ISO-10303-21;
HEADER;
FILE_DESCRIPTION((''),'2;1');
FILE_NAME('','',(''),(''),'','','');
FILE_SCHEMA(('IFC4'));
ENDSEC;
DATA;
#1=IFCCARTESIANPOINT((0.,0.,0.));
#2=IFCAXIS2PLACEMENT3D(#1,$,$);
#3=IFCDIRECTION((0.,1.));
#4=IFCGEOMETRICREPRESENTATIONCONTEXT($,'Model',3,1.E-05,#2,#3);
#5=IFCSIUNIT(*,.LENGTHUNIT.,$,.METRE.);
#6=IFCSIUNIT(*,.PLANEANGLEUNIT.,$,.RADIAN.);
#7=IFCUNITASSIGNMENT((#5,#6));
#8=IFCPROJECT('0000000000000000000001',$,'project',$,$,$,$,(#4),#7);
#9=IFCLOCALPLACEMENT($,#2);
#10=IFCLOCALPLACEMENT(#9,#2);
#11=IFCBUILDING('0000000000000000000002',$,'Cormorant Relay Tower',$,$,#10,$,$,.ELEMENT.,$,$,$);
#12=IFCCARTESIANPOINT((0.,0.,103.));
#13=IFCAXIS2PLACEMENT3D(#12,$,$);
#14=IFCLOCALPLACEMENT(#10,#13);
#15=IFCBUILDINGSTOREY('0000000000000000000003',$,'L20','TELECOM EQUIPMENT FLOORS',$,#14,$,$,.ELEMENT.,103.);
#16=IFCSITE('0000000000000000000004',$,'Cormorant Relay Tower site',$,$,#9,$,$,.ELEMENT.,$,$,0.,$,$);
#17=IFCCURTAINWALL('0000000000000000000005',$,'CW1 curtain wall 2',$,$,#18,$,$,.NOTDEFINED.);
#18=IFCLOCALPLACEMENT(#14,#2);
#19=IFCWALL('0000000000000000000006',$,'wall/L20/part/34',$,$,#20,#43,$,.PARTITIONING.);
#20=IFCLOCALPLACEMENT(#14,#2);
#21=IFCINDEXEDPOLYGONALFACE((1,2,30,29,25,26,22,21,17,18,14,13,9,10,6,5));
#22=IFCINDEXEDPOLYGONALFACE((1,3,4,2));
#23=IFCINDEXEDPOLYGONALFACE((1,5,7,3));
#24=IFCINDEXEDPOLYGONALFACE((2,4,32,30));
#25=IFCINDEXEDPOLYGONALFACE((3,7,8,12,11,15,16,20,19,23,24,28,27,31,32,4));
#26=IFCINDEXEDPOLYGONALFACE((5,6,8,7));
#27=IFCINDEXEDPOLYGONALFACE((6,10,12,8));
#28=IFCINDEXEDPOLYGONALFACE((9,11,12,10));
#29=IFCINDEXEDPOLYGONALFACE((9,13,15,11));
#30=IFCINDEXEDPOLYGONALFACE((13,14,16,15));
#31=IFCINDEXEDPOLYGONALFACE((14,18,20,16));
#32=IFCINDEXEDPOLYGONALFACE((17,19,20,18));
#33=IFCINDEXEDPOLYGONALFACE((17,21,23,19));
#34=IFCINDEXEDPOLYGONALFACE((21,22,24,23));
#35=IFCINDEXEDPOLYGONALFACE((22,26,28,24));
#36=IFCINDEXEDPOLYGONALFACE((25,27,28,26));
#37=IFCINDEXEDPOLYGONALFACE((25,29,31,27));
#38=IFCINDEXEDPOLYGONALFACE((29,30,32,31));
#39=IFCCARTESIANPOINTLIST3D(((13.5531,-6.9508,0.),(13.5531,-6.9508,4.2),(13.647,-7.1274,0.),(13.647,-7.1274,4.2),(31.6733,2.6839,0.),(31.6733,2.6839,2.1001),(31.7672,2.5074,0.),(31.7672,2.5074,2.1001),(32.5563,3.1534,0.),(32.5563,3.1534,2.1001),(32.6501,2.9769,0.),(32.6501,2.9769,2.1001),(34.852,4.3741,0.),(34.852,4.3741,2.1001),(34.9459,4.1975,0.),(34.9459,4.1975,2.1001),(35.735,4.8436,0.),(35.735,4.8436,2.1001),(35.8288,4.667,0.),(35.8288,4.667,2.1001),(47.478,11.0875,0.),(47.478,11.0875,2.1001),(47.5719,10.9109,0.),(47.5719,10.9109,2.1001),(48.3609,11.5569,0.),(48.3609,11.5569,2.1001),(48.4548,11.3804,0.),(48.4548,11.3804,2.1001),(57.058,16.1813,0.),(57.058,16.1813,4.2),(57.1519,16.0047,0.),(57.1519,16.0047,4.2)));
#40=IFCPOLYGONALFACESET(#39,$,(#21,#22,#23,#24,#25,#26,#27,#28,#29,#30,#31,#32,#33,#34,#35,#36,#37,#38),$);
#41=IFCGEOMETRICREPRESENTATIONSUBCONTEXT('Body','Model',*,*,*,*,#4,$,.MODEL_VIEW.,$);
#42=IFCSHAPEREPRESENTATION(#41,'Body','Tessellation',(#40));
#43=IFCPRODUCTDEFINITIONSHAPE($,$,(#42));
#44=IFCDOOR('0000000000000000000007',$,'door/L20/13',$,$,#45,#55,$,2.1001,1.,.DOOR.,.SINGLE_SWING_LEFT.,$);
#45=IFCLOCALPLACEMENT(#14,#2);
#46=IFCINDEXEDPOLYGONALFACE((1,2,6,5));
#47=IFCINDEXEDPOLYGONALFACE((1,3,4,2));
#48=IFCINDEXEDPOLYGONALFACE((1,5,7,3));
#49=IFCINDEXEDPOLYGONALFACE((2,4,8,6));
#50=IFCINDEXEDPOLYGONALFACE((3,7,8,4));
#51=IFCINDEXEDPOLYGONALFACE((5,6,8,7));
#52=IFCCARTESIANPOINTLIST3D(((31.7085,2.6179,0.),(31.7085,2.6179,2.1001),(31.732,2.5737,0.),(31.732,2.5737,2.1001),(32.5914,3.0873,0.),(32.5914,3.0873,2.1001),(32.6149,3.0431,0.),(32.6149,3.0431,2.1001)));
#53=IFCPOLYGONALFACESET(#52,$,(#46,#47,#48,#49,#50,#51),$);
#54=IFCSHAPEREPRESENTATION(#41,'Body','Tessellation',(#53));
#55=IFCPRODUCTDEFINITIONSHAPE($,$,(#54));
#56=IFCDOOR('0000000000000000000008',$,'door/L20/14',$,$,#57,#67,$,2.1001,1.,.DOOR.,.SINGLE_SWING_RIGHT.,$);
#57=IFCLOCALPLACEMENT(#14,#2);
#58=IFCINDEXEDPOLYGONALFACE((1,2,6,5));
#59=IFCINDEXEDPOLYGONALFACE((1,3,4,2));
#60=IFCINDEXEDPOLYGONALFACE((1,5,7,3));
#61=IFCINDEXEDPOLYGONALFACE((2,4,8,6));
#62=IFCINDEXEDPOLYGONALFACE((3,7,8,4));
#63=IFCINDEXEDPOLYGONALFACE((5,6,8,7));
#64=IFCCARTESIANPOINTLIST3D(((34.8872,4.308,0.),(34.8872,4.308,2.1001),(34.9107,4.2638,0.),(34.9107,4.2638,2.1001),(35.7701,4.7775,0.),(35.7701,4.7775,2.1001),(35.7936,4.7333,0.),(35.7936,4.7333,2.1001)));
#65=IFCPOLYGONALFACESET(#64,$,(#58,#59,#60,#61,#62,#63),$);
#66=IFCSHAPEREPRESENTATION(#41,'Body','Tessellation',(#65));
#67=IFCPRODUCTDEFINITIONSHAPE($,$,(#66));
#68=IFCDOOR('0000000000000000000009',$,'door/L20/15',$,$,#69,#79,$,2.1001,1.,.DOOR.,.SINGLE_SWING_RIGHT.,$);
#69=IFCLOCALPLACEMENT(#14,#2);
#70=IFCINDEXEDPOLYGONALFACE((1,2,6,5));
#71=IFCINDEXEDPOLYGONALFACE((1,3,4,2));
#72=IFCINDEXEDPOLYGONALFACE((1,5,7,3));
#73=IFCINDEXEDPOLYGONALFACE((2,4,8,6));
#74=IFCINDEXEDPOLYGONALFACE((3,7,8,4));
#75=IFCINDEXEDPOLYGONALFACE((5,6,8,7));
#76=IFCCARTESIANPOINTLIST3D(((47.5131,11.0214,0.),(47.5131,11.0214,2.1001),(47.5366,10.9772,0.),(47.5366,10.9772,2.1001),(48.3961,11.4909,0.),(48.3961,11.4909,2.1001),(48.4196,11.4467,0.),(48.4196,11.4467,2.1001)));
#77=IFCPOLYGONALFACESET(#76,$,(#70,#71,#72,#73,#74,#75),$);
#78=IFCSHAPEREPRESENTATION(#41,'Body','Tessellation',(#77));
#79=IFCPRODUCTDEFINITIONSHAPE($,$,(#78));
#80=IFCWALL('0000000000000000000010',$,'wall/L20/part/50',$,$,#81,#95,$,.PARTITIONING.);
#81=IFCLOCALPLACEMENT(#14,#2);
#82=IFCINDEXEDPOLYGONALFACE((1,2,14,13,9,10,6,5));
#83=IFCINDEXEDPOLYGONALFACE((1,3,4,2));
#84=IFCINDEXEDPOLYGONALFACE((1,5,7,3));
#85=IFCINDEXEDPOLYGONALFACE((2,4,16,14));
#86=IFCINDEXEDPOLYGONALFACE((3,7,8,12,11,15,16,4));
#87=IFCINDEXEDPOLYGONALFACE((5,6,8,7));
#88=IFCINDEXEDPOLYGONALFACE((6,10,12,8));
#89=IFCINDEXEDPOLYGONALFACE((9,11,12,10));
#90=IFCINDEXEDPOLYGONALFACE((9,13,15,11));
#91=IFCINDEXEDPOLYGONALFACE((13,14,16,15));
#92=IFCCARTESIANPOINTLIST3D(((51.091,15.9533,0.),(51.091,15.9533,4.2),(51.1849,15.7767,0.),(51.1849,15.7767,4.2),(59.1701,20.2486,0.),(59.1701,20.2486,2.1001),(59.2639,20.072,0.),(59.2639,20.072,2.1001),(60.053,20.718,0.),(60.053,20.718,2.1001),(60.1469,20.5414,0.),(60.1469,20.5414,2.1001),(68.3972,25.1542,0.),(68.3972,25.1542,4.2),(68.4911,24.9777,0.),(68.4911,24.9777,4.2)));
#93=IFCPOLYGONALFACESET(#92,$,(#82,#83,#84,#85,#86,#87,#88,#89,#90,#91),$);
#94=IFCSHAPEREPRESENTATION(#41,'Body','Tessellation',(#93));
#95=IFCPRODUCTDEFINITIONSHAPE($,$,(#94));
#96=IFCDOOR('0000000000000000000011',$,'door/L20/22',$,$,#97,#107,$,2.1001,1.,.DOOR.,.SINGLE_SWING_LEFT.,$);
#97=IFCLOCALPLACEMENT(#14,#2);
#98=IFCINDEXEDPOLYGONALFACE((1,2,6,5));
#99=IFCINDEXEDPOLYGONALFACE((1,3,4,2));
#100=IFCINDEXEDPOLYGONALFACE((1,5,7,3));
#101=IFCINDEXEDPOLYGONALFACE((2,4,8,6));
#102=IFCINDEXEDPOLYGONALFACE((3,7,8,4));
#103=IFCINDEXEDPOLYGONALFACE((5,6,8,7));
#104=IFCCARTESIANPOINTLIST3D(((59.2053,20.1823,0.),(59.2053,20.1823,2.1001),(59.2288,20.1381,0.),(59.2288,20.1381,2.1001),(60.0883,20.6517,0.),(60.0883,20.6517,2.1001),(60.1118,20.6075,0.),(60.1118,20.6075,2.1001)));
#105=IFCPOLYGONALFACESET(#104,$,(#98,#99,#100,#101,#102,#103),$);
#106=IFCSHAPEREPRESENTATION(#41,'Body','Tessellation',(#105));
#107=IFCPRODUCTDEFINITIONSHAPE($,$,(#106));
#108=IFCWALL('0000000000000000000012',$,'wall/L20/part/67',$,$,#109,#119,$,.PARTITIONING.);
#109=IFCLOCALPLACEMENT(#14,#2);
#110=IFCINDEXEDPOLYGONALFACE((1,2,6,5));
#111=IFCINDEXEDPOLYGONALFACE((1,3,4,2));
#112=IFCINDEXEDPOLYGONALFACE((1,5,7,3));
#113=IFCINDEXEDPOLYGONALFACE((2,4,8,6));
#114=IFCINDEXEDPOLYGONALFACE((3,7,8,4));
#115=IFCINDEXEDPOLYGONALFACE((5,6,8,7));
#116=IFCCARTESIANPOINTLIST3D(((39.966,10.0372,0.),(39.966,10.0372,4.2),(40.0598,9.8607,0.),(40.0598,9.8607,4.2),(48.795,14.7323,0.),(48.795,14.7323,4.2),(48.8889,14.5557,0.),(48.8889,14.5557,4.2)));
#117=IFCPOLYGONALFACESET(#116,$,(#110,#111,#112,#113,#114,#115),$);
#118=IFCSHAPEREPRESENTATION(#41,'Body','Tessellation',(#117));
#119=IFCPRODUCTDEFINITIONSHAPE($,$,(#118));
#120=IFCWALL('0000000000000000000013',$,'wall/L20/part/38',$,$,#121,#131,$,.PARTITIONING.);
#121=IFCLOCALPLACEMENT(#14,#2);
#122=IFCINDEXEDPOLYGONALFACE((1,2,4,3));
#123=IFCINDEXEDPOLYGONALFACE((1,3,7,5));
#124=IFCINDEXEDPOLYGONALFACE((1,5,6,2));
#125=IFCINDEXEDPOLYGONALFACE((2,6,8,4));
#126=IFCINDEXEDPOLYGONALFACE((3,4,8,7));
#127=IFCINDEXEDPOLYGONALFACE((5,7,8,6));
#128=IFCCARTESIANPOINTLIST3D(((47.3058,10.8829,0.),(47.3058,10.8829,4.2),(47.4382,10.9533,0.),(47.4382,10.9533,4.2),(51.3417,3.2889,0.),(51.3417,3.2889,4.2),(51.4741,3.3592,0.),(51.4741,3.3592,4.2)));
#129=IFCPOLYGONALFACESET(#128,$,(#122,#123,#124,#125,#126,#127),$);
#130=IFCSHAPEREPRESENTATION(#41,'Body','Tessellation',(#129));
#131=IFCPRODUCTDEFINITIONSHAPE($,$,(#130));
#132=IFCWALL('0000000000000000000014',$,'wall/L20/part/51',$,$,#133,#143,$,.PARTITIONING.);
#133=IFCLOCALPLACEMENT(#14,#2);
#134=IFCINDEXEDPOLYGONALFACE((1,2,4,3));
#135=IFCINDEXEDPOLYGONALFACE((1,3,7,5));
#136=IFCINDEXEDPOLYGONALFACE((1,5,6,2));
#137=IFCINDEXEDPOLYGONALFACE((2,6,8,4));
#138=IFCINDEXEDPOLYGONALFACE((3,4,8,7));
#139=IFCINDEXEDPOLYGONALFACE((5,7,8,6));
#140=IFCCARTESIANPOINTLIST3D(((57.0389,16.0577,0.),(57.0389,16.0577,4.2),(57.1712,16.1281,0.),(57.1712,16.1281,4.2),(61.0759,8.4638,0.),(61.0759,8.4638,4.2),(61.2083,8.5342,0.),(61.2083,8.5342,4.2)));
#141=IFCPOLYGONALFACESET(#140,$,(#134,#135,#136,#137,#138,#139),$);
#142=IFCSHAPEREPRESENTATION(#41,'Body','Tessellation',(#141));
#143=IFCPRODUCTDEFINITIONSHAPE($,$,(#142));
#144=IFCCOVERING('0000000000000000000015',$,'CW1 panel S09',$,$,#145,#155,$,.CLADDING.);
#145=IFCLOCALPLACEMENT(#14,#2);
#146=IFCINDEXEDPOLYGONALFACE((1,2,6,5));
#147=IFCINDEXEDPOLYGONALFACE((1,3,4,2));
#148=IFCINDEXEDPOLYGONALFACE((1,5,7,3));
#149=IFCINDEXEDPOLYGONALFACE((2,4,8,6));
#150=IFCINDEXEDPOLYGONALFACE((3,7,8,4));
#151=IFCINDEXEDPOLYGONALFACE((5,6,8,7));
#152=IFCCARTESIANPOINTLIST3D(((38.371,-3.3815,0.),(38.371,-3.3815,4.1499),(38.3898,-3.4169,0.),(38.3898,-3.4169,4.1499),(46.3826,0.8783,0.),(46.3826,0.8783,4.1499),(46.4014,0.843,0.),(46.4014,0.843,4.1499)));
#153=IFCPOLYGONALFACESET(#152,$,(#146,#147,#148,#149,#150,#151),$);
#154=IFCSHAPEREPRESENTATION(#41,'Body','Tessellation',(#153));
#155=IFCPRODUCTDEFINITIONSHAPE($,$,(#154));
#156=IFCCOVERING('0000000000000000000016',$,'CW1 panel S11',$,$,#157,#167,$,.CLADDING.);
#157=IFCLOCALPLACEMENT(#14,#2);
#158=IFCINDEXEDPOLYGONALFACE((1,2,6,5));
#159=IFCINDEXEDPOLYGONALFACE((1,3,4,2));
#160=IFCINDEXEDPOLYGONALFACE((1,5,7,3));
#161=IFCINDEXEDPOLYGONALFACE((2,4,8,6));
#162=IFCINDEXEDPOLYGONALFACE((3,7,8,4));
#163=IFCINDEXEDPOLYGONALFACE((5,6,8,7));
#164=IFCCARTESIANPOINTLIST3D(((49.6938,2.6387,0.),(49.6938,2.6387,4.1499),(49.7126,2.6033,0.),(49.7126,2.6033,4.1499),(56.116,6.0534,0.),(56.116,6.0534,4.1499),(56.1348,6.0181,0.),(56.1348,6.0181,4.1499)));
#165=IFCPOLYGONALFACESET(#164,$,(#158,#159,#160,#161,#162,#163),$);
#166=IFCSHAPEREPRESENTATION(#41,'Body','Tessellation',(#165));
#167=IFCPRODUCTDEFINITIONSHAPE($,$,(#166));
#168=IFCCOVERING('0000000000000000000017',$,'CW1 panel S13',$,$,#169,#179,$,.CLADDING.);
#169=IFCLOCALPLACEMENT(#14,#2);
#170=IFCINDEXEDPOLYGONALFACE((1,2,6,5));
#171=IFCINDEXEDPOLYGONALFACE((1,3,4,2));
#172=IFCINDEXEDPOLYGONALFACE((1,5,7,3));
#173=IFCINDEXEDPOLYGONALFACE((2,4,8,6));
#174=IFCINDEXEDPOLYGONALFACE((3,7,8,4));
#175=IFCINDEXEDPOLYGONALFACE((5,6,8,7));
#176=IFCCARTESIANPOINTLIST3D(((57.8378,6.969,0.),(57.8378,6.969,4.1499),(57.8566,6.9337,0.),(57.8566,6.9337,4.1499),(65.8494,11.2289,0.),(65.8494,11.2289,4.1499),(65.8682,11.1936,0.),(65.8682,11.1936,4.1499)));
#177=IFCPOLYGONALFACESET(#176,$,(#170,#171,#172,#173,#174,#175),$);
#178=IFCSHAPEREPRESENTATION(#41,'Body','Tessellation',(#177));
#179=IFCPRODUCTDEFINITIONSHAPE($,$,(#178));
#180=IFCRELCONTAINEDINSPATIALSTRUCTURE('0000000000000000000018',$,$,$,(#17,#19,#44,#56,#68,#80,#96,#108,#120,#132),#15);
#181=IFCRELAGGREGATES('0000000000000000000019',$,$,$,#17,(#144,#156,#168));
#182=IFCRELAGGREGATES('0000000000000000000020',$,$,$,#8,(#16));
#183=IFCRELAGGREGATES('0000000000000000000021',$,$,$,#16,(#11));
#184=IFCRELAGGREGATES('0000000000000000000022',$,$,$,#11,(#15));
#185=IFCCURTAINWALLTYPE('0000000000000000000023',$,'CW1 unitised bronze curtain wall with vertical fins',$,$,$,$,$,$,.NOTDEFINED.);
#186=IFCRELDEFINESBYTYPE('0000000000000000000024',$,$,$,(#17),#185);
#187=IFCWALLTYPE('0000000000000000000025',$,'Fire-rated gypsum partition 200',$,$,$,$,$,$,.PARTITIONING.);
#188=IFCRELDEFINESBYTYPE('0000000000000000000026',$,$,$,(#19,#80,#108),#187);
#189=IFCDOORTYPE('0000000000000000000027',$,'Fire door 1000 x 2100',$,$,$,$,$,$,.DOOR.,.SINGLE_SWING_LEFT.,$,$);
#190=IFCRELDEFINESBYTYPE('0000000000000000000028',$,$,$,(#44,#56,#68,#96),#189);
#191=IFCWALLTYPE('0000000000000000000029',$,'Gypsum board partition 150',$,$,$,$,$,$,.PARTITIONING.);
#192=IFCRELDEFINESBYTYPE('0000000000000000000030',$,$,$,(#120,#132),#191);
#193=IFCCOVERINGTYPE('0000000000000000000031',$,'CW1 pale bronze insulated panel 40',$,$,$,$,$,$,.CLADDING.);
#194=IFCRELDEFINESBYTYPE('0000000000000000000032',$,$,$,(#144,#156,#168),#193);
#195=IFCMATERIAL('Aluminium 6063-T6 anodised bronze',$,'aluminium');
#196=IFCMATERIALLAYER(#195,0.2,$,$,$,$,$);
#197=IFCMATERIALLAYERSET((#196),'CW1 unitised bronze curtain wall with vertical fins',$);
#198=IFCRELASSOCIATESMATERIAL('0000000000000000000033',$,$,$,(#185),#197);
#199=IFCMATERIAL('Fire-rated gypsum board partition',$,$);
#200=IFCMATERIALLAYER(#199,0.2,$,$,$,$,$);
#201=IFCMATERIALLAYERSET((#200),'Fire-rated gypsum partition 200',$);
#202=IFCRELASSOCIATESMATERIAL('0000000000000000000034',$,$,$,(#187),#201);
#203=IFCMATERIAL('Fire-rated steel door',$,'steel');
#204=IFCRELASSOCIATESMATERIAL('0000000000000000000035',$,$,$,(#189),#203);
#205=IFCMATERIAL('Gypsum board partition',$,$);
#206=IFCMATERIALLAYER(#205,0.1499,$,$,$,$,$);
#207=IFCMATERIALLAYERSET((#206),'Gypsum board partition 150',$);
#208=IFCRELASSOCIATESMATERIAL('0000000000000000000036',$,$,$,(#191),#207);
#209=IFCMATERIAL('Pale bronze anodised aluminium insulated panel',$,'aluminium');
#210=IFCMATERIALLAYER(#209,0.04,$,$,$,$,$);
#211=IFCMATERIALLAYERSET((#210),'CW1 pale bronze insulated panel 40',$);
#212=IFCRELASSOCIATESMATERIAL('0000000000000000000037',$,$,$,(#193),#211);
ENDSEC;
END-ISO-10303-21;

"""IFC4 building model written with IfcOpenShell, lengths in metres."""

from ifc_helpers import new_model, si_unit, direction, frame, frame_2d, origin, origin_2d, place, context, subcontext, project, spatial, rectangle, extrude, material, layer, layer_set, type_object, element, fill, aggregate, save


model = new_model("IFC4")

# Units and contexts
model_context = context("Model", 3, precision=1e-05, world=origin(), true_north=direction((0.0, 1.0)))
body_context = subcontext(model_context, "Body", "Model", "MODEL_VIEW")
ifc_project = project(units=[si_unit("LENGTHUNIT", "METRE"), si_unit("PLANEANGLEUNIT", "RADIAN")], contexts=[model_context])

# Site, building, storey
site_placement = place(None, origin())
site = spatial("IfcSite", under=ifc_project, at=site_placement, Name="Cormorant Relay Tower site", CompositionType="ELEMENT", RefElevation=0.0)
building_placement = place(site_placement, origin())
building = spatial("IfcBuilding", under=site, at=building_placement, Name="Cormorant Relay Tower", CompositionType="ELEMENT")
storey_placement = place(building_placement, frame((0.0, 0.0, 103.0)))
storey = spatial("IfcBuildingStorey", under=building, at=storey_placement, Name="L20", Description="TELECOM EQUIPMENT FLOORS", CompositionType="ELEMENT", Elevation=103.0)

# Curtain wall
ifc_material_1 = material(Name="Aluminium 6063-T6 anodised bronze", Category="aluminium")
ifc_layer_1 = layer(ifc_material_1, 0.2)
ifc_layer_set_1 = layer_set([ifc_layer_1], Name="CW1 unitised bronze curtain wall with vertical fins")
curtain_wall_type = type_object("IfcCurtainWallType", Name="CW1 unitised bronze curtain wall with vertical fins", PredefinedType="NOTDEFINED", material=ifc_layer_set_1)
curtain_wall_1_placement = place(storey_placement, origin())
curtain_wall_1 = element("IfcCurtainWall", 1, at=curtain_wall_1_placement, inside=storey, type_object=curtain_wall_type, Name="CW1 curtain wall 2", PredefinedType="NOTDEFINED")

# Wall, openings, doors
ifc_material_2 = material(Name="Fire-rated gypsum board partition")
ifc_layer_2 = layer(ifc_material_2, 0.2)
ifc_layer_set_2 = layer_set([ifc_layer_2], Name="Fire-rated gypsum partition 200")
wall_type_1 = type_object("IfcWallType", Name="Fire-rated gypsum partition 200", PredefinedType="PARTITIONING", material=ifc_layer_set_2)
wall_1_placement = place(storey_placement, frame((57.105, 16.093, 0.0), z_axis=(0.0, 0.0, 1.0), x_axis=(-0.882947, -0.469474, 0.0)))
wall_1 = element("IfcWall", 2, at=wall_1_placement, inside=storey, type_object=wall_type_1, Name="wall/L20/part/34", PredefinedType="PARTITIONING", context=body_context, shape_type="SweptSolid", body=[
    extrude(rectangle(XDim=49.2725, YDim=0.2, at=frame_2d((24.6362, 0.0))), origin(), (0.0, 0.0, 1.0), 4.2),
])
opening_1_placement = place(wall_1_placement, frame((27.75, 0.0, 0.0)))
opening_1 = element("IfcOpeningElement", 3, at=opening_1_placement, cuts=wall_1, PredefinedType="OPENING", context=body_context, shape_type="SweptSolid", body=[
    extrude(rectangle(XDim=1.0, YDim=2.1001, at=frame_2d((0.5, 1.05))), frame((0.0, 0.1099, 0.0), z_axis=(0.0, -1.0, 0.0), x_axis=(1.0, 0.0, 0.0)), (0.0, 0.0, 1.0), 0.22),
])
opening_2_placement = place(wall_1_placement, frame((24.1499, 0.0, 0.0)))
opening_2 = element("IfcOpeningElement", 4, at=opening_2_placement, cuts=wall_1, PredefinedType="OPENING", context=body_context, shape_type="SweptSolid", body=[
    extrude(rectangle(XDim=1.0, YDim=2.1001, at=frame_2d((0.5, 1.05))), frame((0.0, 0.1099, 0.0), z_axis=(0.0, -1.0, 0.0), x_axis=(1.0, 0.0, 0.0)), (0.0, 0.0, 1.0), 0.22),
])
opening_3_placement = place(wall_1_placement, frame((9.8501, 0.0, 0.0)))
opening_3 = element("IfcOpeningElement", 5, at=opening_3_placement, cuts=wall_1, PredefinedType="OPENING", context=body_context, shape_type="SweptSolid", body=[
    extrude(rectangle(XDim=1.0, YDim=2.1001, at=frame_2d((0.5, 1.05))), frame((0.0, 0.1099, 0.0), z_axis=(0.0, -1.0, 0.0), x_axis=(1.0, 0.0, 0.0)), (0.0, 0.0, 1.0), 0.22),
])
ifc_material_3 = material(Name="Fire-rated steel door", Category="steel")
door_type = type_object("IfcDoorType", Name="Fire door 1000 x 2100", OperationType="SINGLE_SWING_LEFT", PredefinedType="DOOR", material=ifc_material_3)
door_1_placement = place(opening_1_placement, origin())
door_1 = element("IfcDoor", 6, at=door_1_placement, inside=storey, type_object=door_type, Name="door/L20/13", OperationType="SINGLE_SWING_LEFT", OverallHeight=2.1001, OverallWidth=1.0, PredefinedType="DOOR", context=body_context, shape_type="SweptSolid", body=[
    extrude(rectangle(XDim=1.0, YDim=2.1001, at=frame_2d((0.5, 1.05))), frame((0.0, 0.0249, 0.0), z_axis=(0.0, -1.0, 0.0), x_axis=(1.0, 0.0, 0.0)), (0.0, 0.0, 1.0), 0.05),
])
fill(opening_1, door_1)
door_2_placement = place(opening_2_placement, origin())
door_2 = element("IfcDoor", 7, at=door_2_placement, inside=storey, type_object=door_type, Name="door/L20/14", OperationType="SINGLE_SWING_RIGHT", OverallHeight=2.1001, OverallWidth=1.0, PredefinedType="DOOR", context=body_context, shape_type="SweptSolid", body=[
    extrude(rectangle(XDim=1.0, YDim=2.1001, at=frame_2d((0.5, 1.05))), frame((0.0, 0.0249, 0.0), z_axis=(0.0, -1.0, 0.0), x_axis=(1.0, 0.0, 0.0)), (0.0, 0.0, 1.0), 0.05),
])
fill(opening_2, door_2)
door_3_placement = place(opening_3_placement, origin())
door_3 = element("IfcDoor", 8, at=door_3_placement, inside=storey, type_object=door_type, Name="door/L20/15", OperationType="SINGLE_SWING_RIGHT", OverallHeight=2.1001, OverallWidth=1.0, PredefinedType="DOOR", context=body_context, shape_type="SweptSolid", body=[
    extrude(rectangle(XDim=1.0, YDim=2.1001, at=frame_2d((0.5, 1.05))), frame((0.0, 0.0249, 0.0), z_axis=(0.0, -1.0, 0.0), x_axis=(1.0, 0.0, 0.0)), (0.0, 0.0, 1.0), 0.05),
])
fill(opening_3, door_3)

# Wall, opening, door
wall_2_placement = place(storey_placement, frame((51.1379, 15.865, 0.0), z_axis=(0.0, 0.0, 1.0), x_axis=(0.882967, 0.469435, 0.0)))
wall_2 = element("IfcWall", 9, at=wall_2_placement, inside=storey, type_object=wall_type_1, Name="wall/L20/part/50", PredefinedType="PARTITIONING", context=body_context, shape_type="SweptSolid", body=[
    extrude(rectangle(XDim=19.6001, YDim=0.2, at=frame_2d((9.8, 0.0))), origin(), (0.0, 0.0, 1.0), 4.2),
])
opening_4_placement = place(wall_2_placement, frame((9.1499, 0.0, 0.0)))
opening_4 = element("IfcOpeningElement", 10, at=opening_4_placement, cuts=wall_2, PredefinedType="OPENING", context=body_context, shape_type="SweptSolid", body=[
    extrude(rectangle(XDim=1.0, YDim=2.1001, at=frame_2d((0.5, 1.05))), frame((0.0, 0.1099, 0.0), z_axis=(0.0, -1.0, 0.0), x_axis=(1.0, 0.0, 0.0)), (0.0, 0.0, 1.0), 0.22),
])
door_4_placement = place(opening_4_placement, origin())
door_4 = element("IfcDoor", 11, at=door_4_placement, inside=storey, type_object=door_type, Name="door/L20/22", OperationType="SINGLE_SWING_LEFT", OverallHeight=2.1001, OverallWidth=1.0, PredefinedType="DOOR", context=body_context, shape_type="SweptSolid", body=[
    extrude(rectangle(XDim=1.0, YDim=2.1001, at=frame_2d((0.5, 1.05))), frame((0.0, 0.0249, 0.0), z_axis=(0.0, -1.0, 0.0), x_axis=(1.0, 0.0, 0.0)), (0.0, 0.0, 1.0), 0.05),
])
fill(opening_4, door_4)

# Walls
wall_3_placement = place(storey_placement, frame((48.842, 14.644, 0.0), z_axis=(0.0, 0.0, 1.0), x_axis=(-0.882925, -0.469515, 0.0)))
element("IfcWall", 12, at=wall_3_placement, inside=storey, type_object=wall_type_1, Name="wall/L20/part/67", PredefinedType="PARTITIONING", context=body_context, shape_type="SweptSolid", body=[
    extrude(rectangle(XDim=9.9998, YDim=0.2, at=frame_2d((5.0, 0.0))), origin(), (0.0, 0.0, 1.0), 4.2),
])
ifc_material_4 = material(Name="Gypsum board partition")
ifc_layer_3 = layer(ifc_material_4, 0.1499)
ifc_layer_set_3 = layer_set([ifc_layer_3], Name="Gypsum board partition 150")
wall_type_2 = type_object("IfcWallType", Name="Gypsum board partition 150", PredefinedType="PARTITIONING", material=ifc_layer_set_3)
wall_4_placement = place(storey_placement, frame((47.3721, 10.918, 0.0), z_axis=(0.0, 0.0, 1.0), x_axis=(0.469298, -0.88304, 0.0)))
element("IfcWall", 13, at=wall_4_placement, inside=storey, type_object=wall_type_2, Name="wall/L20/part/38", PredefinedType="PARTITIONING", context=body_context, shape_type="SweptSolid", body=[
    extrude(rectangle(XDim=8.5999, YDim=0.1499, at=frame_2d((4.2998, 0.0))), origin(), (0.0, 0.0, 1.0), 4.2),
])
wall_5_placement = place(storey_placement, frame((57.105, 16.093, 0.0), z_axis=(0.0, 0.0, 1.0), x_axis=(0.469409, -0.882981, 0.0)))
element("IfcWall", 14, at=wall_5_placement, inside=storey, type_object=wall_type_2, Name="wall/L20/part/51", PredefinedType="PARTITIONING", context=body_context, shape_type="SweptSolid", body=[
    extrude(rectangle(XDim=8.6003, YDim=0.1499, at=frame_2d((4.3003, 0.0))), origin(), (0.0, 0.0, 1.0), 4.2),
])

# Coverings
ifc_material_5 = material(Name="Pale bronze anodised aluminium insulated panel", Category="aluminium")
ifc_layer_4 = layer(ifc_material_5, 0.04)
ifc_layer_set_4 = layer_set([ifc_layer_4], Name="CW1 pale bronze insulated panel 40")
covering_type = type_object("IfcCoveringType", Name="CW1 pale bronze insulated panel 40", PredefinedType="CLADDING", material=ifc_layer_set_4)
covering_1_placement = place(storey_placement, frame((42.3862, -1.2693, 0.0), z_axis=(0.0, 0.0, 1.0), x_axis=(0.882948, 0.469472, 0.0)))
covering_1 = element("IfcCovering", 15, at=covering_1_placement, type_object=covering_type, Name="CW1 panel S09", PredefinedType="CLADDING", context=body_context, shape_type="SweptSolid", body=[
    extrude(rectangle(XDim=9.0737, YDim=0.04, at=origin_2d()), origin(), (0.0, 0.0, 1.0), 4.1499),
])
covering_2_placement = place(storey_placement, frame((52.9143, 4.3284, 0.0), z_axis=(0.0, 0.0, 1.0), x_axis=(0.882948, 0.469472, 0.0)))
covering_2 = element("IfcCovering", 16, at=covering_2_placement, type_object=covering_type, Name="CW1 panel S11", PredefinedType="CLADDING", context=body_context, shape_type="SweptSolid", body=[
    extrude(rectangle(XDim=7.2737, YDim=0.04, at=origin_2d()), origin(), (0.0, 0.0, 1.0), 4.1499),
])
covering_3_placement = place(storey_placement, frame((61.853, 9.0813, 0.0), z_axis=(0.0, 0.0, 1.0), x_axis=(0.882948, 0.469472, 0.0)))
covering_3 = element("IfcCovering", 17, at=covering_3_placement, type_object=covering_type, Name="CW1 panel S13", PredefinedType="CLADDING", context=body_context, shape_type="SweptSolid", body=[
    extrude(rectangle(XDim=9.0737, YDim=0.04, at=origin_2d()), origin(), (0.0, 0.0, 1.0), 4.1499),
])
aggregate(curtain_wall_1, [covering_1, covering_2, covering_3])

save(model, "model.ifc")
